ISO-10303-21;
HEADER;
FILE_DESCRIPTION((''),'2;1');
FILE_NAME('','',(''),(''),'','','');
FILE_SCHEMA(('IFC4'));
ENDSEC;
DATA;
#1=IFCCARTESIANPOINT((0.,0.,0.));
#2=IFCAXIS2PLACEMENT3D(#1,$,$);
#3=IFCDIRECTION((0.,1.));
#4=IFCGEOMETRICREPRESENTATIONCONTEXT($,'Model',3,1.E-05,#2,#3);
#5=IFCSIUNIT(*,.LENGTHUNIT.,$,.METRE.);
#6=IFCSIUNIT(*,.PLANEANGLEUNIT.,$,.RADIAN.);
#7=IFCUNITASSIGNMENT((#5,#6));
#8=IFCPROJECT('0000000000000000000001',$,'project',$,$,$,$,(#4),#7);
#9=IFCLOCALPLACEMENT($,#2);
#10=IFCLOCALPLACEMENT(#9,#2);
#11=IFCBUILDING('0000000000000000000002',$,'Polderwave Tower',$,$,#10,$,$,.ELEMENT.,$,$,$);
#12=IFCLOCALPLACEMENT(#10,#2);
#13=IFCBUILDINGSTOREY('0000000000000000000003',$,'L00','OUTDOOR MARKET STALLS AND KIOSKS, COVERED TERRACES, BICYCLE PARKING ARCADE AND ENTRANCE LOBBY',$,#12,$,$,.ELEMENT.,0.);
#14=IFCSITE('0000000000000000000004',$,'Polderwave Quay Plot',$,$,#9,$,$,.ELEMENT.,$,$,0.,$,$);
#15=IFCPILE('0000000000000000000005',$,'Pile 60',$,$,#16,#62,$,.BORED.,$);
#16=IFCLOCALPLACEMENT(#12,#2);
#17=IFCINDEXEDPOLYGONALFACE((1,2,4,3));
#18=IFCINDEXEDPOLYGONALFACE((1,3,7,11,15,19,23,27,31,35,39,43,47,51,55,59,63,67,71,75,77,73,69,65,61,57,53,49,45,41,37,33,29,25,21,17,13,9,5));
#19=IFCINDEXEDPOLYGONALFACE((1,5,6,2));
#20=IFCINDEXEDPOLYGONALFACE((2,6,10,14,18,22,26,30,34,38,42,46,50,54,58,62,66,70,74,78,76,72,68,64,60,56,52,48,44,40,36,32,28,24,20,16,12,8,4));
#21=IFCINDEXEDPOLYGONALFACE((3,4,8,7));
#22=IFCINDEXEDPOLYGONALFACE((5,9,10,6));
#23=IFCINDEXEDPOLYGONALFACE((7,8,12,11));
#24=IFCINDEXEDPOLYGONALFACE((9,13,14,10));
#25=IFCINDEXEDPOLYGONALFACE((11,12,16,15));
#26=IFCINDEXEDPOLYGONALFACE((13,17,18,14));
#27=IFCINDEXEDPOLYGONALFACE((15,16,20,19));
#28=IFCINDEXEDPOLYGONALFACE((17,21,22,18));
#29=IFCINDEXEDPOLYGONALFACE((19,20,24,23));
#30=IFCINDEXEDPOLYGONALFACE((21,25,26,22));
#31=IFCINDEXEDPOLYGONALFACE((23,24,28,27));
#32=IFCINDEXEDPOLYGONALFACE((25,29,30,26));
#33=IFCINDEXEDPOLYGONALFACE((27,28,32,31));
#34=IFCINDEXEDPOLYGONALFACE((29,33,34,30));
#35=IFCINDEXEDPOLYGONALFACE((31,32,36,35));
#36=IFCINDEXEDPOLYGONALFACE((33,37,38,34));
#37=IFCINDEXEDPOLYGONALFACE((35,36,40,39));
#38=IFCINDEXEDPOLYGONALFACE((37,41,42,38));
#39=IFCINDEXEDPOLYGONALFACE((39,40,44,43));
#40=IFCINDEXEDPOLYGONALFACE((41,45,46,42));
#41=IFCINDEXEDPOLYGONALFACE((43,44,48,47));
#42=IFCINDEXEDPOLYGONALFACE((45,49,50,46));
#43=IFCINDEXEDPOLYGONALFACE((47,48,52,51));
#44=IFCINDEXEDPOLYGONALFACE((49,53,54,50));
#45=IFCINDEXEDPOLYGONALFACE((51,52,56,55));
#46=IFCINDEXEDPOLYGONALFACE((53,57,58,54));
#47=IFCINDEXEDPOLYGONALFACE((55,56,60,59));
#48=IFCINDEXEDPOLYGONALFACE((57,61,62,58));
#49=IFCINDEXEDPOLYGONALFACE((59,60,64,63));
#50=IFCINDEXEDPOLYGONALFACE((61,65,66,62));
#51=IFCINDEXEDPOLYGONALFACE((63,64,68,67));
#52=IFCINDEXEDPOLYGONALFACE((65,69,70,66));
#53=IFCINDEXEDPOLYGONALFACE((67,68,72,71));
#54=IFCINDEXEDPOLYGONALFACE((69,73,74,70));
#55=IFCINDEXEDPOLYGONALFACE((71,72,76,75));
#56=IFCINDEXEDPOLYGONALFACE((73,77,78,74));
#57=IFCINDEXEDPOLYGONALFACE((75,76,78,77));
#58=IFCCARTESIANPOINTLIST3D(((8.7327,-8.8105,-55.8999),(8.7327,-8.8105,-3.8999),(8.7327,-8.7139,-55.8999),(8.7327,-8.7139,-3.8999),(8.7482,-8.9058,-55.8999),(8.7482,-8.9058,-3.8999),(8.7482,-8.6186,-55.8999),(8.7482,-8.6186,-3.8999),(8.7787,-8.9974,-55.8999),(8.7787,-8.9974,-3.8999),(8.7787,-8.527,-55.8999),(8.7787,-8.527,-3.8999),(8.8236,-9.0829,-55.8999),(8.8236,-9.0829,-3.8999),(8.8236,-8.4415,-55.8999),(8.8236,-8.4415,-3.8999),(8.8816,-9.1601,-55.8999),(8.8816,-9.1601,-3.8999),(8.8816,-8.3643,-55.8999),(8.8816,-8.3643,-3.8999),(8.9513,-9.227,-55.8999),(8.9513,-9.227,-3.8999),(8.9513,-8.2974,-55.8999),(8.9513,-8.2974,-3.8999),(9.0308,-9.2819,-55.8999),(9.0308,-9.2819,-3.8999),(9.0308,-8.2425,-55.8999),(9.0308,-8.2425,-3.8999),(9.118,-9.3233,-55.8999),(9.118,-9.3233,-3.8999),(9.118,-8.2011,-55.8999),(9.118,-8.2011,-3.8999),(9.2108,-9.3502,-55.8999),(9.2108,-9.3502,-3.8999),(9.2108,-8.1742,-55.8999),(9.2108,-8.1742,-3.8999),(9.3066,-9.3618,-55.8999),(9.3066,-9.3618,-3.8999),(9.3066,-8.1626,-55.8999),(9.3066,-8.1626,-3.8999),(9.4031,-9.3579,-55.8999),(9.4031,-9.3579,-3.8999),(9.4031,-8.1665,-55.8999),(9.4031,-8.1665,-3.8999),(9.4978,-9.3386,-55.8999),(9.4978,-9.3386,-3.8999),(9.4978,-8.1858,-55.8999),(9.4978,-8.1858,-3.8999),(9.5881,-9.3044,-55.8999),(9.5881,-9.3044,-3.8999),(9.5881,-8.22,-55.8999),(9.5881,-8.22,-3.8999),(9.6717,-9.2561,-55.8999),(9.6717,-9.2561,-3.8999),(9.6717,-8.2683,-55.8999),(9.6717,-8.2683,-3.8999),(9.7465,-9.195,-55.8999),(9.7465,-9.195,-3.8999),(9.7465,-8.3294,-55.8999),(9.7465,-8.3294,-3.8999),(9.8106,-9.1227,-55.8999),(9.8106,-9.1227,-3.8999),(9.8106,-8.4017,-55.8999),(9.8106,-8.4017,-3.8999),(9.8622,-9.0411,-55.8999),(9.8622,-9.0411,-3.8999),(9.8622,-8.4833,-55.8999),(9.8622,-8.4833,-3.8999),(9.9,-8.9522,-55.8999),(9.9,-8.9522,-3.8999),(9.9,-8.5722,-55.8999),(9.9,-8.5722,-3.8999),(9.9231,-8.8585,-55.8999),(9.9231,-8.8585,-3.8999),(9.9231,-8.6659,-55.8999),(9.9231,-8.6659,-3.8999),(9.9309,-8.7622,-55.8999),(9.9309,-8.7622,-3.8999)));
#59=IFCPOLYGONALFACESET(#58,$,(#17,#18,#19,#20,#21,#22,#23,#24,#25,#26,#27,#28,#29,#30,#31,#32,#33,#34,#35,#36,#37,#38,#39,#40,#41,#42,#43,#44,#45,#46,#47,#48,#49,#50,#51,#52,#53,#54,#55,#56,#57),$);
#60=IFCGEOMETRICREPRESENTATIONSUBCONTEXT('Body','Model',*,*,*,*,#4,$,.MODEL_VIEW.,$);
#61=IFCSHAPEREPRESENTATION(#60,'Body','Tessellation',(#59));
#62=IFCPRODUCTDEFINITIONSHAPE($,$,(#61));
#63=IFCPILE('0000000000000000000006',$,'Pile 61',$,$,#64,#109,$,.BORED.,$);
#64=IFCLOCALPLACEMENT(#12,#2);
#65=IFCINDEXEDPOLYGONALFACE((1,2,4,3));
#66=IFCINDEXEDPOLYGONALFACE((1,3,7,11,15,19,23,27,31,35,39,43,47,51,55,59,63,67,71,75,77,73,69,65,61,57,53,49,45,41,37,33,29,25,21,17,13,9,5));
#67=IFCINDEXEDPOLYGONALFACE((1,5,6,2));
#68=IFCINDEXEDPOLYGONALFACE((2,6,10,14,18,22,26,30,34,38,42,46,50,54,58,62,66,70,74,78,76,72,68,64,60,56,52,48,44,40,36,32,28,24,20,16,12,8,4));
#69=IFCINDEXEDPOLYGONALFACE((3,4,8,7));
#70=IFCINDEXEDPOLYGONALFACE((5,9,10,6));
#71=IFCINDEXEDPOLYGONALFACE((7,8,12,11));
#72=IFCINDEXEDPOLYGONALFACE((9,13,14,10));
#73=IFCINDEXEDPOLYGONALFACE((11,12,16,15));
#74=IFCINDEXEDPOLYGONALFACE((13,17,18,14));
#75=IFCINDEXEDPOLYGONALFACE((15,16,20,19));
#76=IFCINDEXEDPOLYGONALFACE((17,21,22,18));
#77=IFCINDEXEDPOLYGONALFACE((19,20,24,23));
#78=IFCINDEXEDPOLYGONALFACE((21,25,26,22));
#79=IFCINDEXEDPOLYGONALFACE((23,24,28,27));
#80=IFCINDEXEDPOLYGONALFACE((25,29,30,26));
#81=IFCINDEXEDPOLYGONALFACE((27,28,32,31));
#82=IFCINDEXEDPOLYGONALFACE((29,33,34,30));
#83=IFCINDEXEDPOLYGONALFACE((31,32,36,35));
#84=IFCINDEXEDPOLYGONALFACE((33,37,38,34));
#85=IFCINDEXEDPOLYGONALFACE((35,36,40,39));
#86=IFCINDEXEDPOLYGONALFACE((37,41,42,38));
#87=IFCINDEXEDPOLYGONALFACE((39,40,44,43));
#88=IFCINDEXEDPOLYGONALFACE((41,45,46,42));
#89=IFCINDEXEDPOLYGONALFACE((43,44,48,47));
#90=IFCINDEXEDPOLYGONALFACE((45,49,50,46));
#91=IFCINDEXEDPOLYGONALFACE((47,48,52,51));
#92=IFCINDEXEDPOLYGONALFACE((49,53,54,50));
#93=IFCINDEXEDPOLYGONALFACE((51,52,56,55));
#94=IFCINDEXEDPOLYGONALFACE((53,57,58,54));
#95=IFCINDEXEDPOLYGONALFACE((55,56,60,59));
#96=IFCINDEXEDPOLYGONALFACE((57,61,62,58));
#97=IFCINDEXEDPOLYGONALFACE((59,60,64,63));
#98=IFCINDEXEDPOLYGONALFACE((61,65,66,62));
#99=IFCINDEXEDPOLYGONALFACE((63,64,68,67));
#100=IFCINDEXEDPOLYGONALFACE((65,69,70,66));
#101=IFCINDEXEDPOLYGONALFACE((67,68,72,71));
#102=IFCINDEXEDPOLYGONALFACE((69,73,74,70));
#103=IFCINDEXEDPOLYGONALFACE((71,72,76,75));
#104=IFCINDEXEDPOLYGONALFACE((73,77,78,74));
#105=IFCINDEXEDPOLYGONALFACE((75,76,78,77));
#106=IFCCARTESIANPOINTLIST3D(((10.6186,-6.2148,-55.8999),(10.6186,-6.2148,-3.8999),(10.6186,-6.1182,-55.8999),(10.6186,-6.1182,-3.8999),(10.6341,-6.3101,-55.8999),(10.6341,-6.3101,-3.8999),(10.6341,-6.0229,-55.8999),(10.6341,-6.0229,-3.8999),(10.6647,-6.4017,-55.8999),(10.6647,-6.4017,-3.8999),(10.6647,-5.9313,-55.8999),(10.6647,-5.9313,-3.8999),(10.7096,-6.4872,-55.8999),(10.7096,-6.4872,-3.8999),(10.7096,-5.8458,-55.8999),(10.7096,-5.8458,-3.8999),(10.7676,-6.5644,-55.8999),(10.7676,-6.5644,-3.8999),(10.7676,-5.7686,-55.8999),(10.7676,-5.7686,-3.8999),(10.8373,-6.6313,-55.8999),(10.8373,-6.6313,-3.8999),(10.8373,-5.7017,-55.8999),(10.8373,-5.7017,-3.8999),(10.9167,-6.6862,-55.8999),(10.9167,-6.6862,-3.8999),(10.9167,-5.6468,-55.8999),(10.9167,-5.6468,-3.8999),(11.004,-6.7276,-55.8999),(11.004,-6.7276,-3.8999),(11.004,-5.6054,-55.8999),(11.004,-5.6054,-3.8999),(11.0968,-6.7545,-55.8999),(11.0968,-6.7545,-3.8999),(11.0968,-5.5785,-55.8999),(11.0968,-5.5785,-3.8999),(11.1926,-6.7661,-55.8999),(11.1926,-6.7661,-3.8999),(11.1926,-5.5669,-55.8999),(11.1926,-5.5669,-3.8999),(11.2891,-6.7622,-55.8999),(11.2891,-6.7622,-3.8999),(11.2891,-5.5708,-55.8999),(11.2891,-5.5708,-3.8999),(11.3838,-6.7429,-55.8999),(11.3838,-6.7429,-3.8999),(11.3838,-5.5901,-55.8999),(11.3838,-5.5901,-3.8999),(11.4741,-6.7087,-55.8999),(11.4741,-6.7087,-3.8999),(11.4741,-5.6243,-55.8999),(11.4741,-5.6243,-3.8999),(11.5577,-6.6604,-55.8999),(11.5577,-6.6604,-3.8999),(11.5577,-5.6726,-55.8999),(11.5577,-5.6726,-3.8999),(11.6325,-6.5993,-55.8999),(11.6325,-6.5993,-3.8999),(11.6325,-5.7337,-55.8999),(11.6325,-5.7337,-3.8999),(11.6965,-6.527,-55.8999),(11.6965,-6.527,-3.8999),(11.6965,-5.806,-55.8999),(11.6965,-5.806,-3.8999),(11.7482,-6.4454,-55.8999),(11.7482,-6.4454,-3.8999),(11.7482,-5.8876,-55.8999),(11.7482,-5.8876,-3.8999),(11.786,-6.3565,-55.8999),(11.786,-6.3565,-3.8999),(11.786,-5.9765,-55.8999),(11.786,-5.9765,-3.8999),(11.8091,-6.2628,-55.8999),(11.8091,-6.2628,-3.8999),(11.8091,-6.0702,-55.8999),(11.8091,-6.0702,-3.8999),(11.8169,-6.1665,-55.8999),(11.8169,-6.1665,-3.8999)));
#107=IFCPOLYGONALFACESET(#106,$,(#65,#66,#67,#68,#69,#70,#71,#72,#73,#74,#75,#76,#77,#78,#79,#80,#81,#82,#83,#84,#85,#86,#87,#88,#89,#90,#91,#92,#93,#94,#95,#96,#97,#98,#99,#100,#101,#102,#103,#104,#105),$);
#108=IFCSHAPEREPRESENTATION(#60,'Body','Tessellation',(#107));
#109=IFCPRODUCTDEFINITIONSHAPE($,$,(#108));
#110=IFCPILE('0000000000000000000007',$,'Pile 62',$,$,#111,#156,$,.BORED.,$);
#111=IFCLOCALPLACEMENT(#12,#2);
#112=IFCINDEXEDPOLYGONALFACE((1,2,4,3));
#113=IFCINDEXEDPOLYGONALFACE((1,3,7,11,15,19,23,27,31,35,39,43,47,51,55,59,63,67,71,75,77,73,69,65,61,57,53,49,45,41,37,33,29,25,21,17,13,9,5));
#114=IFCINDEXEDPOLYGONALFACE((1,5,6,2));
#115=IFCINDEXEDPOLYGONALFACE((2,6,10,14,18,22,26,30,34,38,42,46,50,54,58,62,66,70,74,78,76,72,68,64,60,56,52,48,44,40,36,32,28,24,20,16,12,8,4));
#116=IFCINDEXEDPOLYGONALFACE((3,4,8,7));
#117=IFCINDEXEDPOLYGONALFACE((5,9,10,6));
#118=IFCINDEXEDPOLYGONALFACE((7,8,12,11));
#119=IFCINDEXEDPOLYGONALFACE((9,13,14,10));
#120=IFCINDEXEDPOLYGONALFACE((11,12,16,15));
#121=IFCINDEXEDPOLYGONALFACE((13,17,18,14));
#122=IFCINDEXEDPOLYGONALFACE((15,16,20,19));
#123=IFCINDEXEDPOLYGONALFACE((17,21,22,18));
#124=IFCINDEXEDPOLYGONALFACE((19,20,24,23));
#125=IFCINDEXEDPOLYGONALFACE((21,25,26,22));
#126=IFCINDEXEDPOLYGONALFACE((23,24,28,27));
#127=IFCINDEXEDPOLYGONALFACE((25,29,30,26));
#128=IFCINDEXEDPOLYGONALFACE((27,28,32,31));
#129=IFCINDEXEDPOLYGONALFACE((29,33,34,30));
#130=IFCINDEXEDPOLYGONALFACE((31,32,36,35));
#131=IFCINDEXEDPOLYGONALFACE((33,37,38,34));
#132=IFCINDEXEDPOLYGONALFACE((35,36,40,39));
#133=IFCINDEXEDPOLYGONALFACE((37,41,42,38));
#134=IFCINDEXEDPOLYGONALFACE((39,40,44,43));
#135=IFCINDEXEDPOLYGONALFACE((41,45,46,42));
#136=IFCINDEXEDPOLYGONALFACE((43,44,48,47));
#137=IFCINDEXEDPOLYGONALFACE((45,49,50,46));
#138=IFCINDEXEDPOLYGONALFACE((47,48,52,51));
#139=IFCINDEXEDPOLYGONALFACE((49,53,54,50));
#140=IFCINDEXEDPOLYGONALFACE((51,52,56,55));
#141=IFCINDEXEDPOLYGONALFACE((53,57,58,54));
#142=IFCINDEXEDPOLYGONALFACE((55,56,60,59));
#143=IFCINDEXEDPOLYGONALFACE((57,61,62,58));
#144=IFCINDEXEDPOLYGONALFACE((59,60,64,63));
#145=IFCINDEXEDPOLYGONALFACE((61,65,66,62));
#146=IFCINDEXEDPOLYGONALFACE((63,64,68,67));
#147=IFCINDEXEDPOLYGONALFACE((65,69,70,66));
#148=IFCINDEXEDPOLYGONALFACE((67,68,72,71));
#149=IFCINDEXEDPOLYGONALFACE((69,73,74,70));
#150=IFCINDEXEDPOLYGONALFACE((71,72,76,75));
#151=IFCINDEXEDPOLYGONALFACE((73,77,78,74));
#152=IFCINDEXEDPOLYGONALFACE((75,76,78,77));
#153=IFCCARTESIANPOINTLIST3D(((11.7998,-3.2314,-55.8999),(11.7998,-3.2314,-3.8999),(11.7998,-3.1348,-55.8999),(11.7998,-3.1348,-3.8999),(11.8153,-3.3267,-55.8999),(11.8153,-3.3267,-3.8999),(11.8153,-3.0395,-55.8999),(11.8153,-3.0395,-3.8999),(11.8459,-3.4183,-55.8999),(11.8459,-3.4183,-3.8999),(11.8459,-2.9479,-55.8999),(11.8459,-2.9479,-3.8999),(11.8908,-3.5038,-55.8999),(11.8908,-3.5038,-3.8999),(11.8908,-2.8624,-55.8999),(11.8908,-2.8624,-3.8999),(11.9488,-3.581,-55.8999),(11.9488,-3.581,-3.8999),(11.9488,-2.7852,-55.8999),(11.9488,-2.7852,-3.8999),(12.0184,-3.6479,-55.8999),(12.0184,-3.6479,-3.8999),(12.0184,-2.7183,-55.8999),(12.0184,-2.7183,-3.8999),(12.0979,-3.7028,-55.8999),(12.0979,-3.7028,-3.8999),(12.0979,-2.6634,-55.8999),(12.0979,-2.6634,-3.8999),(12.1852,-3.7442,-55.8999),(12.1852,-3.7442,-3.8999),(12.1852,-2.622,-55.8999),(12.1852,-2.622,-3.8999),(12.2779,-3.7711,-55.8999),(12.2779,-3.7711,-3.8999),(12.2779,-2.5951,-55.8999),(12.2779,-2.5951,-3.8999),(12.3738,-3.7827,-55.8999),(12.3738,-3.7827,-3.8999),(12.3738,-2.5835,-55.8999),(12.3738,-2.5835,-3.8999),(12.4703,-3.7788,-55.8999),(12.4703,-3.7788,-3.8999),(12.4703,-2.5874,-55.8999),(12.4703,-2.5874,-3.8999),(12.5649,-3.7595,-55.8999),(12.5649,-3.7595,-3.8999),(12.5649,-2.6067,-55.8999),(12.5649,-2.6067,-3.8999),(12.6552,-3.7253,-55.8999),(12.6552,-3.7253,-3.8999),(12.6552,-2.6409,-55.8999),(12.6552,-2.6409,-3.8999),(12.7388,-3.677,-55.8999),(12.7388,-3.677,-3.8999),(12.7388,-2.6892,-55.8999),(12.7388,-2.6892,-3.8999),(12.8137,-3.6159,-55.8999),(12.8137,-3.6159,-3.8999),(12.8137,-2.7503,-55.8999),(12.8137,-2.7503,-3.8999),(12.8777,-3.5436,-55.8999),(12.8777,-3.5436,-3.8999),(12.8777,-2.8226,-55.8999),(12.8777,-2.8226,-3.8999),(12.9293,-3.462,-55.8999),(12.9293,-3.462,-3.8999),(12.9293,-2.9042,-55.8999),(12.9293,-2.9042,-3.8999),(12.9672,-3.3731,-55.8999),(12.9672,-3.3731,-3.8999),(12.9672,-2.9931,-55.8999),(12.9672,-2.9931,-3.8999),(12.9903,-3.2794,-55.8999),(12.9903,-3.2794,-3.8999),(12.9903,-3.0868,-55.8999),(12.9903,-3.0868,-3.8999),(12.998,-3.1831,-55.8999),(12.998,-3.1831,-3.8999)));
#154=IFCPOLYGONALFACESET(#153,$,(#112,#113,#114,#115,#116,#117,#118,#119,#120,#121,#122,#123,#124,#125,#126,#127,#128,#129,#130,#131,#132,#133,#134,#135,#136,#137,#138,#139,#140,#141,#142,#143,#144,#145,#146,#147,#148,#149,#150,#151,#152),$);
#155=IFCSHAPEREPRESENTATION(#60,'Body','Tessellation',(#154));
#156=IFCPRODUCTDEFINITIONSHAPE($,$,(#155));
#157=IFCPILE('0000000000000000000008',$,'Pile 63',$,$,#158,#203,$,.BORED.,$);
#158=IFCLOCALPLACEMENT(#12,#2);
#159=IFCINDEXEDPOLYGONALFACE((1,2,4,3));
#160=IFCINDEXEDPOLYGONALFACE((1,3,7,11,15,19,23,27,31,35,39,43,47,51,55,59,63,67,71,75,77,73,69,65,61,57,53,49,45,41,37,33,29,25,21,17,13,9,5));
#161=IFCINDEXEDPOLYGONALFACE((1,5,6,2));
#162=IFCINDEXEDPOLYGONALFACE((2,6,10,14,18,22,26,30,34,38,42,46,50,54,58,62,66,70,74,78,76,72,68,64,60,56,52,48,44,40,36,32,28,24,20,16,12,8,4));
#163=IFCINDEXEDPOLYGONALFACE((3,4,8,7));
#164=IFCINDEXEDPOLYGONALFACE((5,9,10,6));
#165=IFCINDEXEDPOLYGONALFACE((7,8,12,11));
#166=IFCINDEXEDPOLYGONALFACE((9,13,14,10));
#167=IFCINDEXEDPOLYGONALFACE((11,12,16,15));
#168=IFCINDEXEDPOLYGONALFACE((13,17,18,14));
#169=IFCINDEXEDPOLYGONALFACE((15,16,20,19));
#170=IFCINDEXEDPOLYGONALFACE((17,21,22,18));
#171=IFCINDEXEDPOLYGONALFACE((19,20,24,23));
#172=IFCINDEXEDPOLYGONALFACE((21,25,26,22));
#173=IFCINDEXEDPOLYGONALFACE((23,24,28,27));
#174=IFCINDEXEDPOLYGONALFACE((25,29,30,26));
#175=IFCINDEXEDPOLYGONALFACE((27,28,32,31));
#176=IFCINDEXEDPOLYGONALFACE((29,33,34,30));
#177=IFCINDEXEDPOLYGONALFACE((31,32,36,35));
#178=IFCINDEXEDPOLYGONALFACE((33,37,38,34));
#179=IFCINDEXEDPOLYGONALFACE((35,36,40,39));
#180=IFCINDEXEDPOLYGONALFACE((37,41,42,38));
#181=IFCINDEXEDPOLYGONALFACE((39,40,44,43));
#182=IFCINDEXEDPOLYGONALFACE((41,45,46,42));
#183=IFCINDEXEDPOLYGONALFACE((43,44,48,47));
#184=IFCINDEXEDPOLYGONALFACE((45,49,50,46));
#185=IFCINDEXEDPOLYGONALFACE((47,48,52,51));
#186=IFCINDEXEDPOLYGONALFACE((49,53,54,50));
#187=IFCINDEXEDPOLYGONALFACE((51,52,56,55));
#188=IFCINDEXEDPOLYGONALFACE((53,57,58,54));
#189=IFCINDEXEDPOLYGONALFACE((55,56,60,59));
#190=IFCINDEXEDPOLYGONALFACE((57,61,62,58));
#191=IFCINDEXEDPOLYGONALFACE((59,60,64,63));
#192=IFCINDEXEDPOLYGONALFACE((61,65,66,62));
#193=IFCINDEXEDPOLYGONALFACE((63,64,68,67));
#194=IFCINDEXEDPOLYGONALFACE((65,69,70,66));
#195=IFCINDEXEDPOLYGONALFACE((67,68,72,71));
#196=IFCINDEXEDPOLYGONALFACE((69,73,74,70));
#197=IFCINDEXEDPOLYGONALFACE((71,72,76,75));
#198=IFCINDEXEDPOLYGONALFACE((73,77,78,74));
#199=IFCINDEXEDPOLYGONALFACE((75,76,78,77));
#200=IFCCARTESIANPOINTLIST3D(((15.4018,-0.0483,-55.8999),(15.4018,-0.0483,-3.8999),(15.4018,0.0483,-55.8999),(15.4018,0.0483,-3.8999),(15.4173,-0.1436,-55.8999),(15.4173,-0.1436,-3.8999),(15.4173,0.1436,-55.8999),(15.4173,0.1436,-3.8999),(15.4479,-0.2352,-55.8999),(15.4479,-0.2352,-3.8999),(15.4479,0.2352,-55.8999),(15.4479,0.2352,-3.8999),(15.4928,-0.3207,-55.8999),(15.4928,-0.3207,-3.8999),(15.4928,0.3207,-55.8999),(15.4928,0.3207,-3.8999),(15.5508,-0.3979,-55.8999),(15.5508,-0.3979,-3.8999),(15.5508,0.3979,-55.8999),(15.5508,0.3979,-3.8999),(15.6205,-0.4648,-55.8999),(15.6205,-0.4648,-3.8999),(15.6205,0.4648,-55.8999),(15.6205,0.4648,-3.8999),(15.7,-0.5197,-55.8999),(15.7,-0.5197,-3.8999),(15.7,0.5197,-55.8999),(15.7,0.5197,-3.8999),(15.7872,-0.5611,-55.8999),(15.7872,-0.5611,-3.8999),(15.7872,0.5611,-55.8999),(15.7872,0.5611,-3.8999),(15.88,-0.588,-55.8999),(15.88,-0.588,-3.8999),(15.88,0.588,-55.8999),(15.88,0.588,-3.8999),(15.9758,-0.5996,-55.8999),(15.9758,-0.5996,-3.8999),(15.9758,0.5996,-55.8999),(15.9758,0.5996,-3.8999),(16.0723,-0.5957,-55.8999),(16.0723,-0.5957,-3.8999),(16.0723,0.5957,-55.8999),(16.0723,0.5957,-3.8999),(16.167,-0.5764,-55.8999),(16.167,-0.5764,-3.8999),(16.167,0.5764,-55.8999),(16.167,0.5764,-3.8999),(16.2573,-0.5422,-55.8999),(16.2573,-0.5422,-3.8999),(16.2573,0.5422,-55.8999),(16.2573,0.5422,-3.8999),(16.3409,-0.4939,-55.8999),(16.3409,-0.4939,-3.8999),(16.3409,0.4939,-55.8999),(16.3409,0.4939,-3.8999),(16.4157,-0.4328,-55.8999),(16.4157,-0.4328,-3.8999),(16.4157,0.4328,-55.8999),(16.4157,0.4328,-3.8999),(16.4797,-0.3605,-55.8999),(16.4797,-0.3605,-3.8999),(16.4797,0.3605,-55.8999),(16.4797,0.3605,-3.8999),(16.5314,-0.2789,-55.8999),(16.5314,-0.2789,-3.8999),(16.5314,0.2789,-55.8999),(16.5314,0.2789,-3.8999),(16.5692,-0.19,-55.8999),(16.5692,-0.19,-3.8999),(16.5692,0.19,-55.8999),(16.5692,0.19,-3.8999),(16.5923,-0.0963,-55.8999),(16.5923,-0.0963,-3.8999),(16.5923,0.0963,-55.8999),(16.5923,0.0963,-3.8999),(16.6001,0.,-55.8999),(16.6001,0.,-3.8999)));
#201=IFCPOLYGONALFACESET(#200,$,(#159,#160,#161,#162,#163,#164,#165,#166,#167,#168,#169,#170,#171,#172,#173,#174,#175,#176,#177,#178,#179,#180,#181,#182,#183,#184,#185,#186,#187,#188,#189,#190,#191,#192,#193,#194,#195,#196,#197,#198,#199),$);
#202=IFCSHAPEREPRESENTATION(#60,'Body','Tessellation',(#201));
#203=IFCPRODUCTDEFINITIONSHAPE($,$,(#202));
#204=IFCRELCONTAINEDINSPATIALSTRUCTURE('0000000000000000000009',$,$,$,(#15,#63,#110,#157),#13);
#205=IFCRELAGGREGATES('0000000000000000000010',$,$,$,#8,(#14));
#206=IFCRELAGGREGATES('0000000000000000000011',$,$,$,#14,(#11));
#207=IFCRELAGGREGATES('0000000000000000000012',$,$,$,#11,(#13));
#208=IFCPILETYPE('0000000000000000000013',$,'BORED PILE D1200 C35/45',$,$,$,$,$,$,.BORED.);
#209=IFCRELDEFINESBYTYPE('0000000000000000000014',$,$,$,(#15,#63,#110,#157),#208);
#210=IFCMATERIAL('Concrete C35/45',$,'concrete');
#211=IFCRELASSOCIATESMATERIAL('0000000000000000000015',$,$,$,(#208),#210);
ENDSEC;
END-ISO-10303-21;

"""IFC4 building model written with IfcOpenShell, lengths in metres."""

from ifc_helpers import new_model, si_unit, direction, frame, origin, origin_2d, place, context, subcontext, project, spatial, circle, extrude, material, material_profile, profile_set, type_object, element, save


model = new_model("IFC4")

# Units and contexts
model_context = context("Model", 3, precision=1e-05, world=origin(), true_north=direction((0.0, 1.0)))
body_context = subcontext(model_context, "Body", "Model", "MODEL_VIEW")
ifc_project = project(units=[si_unit("LENGTHUNIT", "METRE"), si_unit("PLANEANGLEUNIT", "RADIAN")], contexts=[model_context])

# Site, building, storey
site_placement = place(None, origin())
site = spatial("IfcSite", under=ifc_project, at=site_placement, Name="Polderwave Quay Plot", CompositionType="ELEMENT", RefElevation=0.0)
building_placement = place(site_placement, origin())
building = spatial("IfcBuilding", under=site, at=building_placement, Name="Polderwave Tower", CompositionType="ELEMENT")
storey_placement = place(building_placement, origin())
storey = spatial("IfcBuildingStorey", under=building, at=storey_placement, Name="L00", Description="OUTDOOR MARKET STALLS AND KIOSKS, COVERED TERRACES, BICYCLE PARKING ARCADE AND ENTRANCE LOBBY", CompositionType="ELEMENT", Elevation=0.0)

# Piles
ifc_material_1 = material(Name="Concrete C35/45", Category="concrete")
ifc_material_profile_1 = material_profile(ifc_material_1, circle(Radius=0.6001, at=origin_2d()), Name="BORED D1200")
ifc_profile_set_1 = profile_set([ifc_material_profile_1], Name="Concrete C35/45")
pile_type = type_object("IfcPileType", Name="BORED PILE D1200 C35/45", PredefinedType="BORED", material=ifc_profile_set_1)
for number, where, z_axis, x_axis, name in (
    (1, (9.3308, -8.7622, -3.8999), (0.0, 0.0, -1.0), (1.0, 0.0, 0.0), "Pile 60"),
    (2, (11.2168, -6.1665, -3.8999), (0.0, 0.0, -1.0), (1.0, 0.0, 0.0), "Pile 61"),
    (3, (12.3979, -3.1831, -3.8999), (0.0, 0.0, -1.0), (1.0, 0.0, 0.0), "Pile 62"),
    (4, (16.0, 0.0, -3.8999), (0.0, 0.0, -1.0), (1.0, 0.0, 0.0), "Pile 63"),
):
    element("IfcPile", number, at=place(storey_placement, frame(where, z_axis=z_axis, x_axis=x_axis)), inside=storey, type_object=pile_type, Name=name, PredefinedType="BORED", context=body_context, shape_type="SweptSolid", body=[
        extrude(circle(Radius=0.6001, at=origin_2d()), origin(), (0.0, 0.0, 1.0), 52.0),
    ])

save(model, "model.ifc")
